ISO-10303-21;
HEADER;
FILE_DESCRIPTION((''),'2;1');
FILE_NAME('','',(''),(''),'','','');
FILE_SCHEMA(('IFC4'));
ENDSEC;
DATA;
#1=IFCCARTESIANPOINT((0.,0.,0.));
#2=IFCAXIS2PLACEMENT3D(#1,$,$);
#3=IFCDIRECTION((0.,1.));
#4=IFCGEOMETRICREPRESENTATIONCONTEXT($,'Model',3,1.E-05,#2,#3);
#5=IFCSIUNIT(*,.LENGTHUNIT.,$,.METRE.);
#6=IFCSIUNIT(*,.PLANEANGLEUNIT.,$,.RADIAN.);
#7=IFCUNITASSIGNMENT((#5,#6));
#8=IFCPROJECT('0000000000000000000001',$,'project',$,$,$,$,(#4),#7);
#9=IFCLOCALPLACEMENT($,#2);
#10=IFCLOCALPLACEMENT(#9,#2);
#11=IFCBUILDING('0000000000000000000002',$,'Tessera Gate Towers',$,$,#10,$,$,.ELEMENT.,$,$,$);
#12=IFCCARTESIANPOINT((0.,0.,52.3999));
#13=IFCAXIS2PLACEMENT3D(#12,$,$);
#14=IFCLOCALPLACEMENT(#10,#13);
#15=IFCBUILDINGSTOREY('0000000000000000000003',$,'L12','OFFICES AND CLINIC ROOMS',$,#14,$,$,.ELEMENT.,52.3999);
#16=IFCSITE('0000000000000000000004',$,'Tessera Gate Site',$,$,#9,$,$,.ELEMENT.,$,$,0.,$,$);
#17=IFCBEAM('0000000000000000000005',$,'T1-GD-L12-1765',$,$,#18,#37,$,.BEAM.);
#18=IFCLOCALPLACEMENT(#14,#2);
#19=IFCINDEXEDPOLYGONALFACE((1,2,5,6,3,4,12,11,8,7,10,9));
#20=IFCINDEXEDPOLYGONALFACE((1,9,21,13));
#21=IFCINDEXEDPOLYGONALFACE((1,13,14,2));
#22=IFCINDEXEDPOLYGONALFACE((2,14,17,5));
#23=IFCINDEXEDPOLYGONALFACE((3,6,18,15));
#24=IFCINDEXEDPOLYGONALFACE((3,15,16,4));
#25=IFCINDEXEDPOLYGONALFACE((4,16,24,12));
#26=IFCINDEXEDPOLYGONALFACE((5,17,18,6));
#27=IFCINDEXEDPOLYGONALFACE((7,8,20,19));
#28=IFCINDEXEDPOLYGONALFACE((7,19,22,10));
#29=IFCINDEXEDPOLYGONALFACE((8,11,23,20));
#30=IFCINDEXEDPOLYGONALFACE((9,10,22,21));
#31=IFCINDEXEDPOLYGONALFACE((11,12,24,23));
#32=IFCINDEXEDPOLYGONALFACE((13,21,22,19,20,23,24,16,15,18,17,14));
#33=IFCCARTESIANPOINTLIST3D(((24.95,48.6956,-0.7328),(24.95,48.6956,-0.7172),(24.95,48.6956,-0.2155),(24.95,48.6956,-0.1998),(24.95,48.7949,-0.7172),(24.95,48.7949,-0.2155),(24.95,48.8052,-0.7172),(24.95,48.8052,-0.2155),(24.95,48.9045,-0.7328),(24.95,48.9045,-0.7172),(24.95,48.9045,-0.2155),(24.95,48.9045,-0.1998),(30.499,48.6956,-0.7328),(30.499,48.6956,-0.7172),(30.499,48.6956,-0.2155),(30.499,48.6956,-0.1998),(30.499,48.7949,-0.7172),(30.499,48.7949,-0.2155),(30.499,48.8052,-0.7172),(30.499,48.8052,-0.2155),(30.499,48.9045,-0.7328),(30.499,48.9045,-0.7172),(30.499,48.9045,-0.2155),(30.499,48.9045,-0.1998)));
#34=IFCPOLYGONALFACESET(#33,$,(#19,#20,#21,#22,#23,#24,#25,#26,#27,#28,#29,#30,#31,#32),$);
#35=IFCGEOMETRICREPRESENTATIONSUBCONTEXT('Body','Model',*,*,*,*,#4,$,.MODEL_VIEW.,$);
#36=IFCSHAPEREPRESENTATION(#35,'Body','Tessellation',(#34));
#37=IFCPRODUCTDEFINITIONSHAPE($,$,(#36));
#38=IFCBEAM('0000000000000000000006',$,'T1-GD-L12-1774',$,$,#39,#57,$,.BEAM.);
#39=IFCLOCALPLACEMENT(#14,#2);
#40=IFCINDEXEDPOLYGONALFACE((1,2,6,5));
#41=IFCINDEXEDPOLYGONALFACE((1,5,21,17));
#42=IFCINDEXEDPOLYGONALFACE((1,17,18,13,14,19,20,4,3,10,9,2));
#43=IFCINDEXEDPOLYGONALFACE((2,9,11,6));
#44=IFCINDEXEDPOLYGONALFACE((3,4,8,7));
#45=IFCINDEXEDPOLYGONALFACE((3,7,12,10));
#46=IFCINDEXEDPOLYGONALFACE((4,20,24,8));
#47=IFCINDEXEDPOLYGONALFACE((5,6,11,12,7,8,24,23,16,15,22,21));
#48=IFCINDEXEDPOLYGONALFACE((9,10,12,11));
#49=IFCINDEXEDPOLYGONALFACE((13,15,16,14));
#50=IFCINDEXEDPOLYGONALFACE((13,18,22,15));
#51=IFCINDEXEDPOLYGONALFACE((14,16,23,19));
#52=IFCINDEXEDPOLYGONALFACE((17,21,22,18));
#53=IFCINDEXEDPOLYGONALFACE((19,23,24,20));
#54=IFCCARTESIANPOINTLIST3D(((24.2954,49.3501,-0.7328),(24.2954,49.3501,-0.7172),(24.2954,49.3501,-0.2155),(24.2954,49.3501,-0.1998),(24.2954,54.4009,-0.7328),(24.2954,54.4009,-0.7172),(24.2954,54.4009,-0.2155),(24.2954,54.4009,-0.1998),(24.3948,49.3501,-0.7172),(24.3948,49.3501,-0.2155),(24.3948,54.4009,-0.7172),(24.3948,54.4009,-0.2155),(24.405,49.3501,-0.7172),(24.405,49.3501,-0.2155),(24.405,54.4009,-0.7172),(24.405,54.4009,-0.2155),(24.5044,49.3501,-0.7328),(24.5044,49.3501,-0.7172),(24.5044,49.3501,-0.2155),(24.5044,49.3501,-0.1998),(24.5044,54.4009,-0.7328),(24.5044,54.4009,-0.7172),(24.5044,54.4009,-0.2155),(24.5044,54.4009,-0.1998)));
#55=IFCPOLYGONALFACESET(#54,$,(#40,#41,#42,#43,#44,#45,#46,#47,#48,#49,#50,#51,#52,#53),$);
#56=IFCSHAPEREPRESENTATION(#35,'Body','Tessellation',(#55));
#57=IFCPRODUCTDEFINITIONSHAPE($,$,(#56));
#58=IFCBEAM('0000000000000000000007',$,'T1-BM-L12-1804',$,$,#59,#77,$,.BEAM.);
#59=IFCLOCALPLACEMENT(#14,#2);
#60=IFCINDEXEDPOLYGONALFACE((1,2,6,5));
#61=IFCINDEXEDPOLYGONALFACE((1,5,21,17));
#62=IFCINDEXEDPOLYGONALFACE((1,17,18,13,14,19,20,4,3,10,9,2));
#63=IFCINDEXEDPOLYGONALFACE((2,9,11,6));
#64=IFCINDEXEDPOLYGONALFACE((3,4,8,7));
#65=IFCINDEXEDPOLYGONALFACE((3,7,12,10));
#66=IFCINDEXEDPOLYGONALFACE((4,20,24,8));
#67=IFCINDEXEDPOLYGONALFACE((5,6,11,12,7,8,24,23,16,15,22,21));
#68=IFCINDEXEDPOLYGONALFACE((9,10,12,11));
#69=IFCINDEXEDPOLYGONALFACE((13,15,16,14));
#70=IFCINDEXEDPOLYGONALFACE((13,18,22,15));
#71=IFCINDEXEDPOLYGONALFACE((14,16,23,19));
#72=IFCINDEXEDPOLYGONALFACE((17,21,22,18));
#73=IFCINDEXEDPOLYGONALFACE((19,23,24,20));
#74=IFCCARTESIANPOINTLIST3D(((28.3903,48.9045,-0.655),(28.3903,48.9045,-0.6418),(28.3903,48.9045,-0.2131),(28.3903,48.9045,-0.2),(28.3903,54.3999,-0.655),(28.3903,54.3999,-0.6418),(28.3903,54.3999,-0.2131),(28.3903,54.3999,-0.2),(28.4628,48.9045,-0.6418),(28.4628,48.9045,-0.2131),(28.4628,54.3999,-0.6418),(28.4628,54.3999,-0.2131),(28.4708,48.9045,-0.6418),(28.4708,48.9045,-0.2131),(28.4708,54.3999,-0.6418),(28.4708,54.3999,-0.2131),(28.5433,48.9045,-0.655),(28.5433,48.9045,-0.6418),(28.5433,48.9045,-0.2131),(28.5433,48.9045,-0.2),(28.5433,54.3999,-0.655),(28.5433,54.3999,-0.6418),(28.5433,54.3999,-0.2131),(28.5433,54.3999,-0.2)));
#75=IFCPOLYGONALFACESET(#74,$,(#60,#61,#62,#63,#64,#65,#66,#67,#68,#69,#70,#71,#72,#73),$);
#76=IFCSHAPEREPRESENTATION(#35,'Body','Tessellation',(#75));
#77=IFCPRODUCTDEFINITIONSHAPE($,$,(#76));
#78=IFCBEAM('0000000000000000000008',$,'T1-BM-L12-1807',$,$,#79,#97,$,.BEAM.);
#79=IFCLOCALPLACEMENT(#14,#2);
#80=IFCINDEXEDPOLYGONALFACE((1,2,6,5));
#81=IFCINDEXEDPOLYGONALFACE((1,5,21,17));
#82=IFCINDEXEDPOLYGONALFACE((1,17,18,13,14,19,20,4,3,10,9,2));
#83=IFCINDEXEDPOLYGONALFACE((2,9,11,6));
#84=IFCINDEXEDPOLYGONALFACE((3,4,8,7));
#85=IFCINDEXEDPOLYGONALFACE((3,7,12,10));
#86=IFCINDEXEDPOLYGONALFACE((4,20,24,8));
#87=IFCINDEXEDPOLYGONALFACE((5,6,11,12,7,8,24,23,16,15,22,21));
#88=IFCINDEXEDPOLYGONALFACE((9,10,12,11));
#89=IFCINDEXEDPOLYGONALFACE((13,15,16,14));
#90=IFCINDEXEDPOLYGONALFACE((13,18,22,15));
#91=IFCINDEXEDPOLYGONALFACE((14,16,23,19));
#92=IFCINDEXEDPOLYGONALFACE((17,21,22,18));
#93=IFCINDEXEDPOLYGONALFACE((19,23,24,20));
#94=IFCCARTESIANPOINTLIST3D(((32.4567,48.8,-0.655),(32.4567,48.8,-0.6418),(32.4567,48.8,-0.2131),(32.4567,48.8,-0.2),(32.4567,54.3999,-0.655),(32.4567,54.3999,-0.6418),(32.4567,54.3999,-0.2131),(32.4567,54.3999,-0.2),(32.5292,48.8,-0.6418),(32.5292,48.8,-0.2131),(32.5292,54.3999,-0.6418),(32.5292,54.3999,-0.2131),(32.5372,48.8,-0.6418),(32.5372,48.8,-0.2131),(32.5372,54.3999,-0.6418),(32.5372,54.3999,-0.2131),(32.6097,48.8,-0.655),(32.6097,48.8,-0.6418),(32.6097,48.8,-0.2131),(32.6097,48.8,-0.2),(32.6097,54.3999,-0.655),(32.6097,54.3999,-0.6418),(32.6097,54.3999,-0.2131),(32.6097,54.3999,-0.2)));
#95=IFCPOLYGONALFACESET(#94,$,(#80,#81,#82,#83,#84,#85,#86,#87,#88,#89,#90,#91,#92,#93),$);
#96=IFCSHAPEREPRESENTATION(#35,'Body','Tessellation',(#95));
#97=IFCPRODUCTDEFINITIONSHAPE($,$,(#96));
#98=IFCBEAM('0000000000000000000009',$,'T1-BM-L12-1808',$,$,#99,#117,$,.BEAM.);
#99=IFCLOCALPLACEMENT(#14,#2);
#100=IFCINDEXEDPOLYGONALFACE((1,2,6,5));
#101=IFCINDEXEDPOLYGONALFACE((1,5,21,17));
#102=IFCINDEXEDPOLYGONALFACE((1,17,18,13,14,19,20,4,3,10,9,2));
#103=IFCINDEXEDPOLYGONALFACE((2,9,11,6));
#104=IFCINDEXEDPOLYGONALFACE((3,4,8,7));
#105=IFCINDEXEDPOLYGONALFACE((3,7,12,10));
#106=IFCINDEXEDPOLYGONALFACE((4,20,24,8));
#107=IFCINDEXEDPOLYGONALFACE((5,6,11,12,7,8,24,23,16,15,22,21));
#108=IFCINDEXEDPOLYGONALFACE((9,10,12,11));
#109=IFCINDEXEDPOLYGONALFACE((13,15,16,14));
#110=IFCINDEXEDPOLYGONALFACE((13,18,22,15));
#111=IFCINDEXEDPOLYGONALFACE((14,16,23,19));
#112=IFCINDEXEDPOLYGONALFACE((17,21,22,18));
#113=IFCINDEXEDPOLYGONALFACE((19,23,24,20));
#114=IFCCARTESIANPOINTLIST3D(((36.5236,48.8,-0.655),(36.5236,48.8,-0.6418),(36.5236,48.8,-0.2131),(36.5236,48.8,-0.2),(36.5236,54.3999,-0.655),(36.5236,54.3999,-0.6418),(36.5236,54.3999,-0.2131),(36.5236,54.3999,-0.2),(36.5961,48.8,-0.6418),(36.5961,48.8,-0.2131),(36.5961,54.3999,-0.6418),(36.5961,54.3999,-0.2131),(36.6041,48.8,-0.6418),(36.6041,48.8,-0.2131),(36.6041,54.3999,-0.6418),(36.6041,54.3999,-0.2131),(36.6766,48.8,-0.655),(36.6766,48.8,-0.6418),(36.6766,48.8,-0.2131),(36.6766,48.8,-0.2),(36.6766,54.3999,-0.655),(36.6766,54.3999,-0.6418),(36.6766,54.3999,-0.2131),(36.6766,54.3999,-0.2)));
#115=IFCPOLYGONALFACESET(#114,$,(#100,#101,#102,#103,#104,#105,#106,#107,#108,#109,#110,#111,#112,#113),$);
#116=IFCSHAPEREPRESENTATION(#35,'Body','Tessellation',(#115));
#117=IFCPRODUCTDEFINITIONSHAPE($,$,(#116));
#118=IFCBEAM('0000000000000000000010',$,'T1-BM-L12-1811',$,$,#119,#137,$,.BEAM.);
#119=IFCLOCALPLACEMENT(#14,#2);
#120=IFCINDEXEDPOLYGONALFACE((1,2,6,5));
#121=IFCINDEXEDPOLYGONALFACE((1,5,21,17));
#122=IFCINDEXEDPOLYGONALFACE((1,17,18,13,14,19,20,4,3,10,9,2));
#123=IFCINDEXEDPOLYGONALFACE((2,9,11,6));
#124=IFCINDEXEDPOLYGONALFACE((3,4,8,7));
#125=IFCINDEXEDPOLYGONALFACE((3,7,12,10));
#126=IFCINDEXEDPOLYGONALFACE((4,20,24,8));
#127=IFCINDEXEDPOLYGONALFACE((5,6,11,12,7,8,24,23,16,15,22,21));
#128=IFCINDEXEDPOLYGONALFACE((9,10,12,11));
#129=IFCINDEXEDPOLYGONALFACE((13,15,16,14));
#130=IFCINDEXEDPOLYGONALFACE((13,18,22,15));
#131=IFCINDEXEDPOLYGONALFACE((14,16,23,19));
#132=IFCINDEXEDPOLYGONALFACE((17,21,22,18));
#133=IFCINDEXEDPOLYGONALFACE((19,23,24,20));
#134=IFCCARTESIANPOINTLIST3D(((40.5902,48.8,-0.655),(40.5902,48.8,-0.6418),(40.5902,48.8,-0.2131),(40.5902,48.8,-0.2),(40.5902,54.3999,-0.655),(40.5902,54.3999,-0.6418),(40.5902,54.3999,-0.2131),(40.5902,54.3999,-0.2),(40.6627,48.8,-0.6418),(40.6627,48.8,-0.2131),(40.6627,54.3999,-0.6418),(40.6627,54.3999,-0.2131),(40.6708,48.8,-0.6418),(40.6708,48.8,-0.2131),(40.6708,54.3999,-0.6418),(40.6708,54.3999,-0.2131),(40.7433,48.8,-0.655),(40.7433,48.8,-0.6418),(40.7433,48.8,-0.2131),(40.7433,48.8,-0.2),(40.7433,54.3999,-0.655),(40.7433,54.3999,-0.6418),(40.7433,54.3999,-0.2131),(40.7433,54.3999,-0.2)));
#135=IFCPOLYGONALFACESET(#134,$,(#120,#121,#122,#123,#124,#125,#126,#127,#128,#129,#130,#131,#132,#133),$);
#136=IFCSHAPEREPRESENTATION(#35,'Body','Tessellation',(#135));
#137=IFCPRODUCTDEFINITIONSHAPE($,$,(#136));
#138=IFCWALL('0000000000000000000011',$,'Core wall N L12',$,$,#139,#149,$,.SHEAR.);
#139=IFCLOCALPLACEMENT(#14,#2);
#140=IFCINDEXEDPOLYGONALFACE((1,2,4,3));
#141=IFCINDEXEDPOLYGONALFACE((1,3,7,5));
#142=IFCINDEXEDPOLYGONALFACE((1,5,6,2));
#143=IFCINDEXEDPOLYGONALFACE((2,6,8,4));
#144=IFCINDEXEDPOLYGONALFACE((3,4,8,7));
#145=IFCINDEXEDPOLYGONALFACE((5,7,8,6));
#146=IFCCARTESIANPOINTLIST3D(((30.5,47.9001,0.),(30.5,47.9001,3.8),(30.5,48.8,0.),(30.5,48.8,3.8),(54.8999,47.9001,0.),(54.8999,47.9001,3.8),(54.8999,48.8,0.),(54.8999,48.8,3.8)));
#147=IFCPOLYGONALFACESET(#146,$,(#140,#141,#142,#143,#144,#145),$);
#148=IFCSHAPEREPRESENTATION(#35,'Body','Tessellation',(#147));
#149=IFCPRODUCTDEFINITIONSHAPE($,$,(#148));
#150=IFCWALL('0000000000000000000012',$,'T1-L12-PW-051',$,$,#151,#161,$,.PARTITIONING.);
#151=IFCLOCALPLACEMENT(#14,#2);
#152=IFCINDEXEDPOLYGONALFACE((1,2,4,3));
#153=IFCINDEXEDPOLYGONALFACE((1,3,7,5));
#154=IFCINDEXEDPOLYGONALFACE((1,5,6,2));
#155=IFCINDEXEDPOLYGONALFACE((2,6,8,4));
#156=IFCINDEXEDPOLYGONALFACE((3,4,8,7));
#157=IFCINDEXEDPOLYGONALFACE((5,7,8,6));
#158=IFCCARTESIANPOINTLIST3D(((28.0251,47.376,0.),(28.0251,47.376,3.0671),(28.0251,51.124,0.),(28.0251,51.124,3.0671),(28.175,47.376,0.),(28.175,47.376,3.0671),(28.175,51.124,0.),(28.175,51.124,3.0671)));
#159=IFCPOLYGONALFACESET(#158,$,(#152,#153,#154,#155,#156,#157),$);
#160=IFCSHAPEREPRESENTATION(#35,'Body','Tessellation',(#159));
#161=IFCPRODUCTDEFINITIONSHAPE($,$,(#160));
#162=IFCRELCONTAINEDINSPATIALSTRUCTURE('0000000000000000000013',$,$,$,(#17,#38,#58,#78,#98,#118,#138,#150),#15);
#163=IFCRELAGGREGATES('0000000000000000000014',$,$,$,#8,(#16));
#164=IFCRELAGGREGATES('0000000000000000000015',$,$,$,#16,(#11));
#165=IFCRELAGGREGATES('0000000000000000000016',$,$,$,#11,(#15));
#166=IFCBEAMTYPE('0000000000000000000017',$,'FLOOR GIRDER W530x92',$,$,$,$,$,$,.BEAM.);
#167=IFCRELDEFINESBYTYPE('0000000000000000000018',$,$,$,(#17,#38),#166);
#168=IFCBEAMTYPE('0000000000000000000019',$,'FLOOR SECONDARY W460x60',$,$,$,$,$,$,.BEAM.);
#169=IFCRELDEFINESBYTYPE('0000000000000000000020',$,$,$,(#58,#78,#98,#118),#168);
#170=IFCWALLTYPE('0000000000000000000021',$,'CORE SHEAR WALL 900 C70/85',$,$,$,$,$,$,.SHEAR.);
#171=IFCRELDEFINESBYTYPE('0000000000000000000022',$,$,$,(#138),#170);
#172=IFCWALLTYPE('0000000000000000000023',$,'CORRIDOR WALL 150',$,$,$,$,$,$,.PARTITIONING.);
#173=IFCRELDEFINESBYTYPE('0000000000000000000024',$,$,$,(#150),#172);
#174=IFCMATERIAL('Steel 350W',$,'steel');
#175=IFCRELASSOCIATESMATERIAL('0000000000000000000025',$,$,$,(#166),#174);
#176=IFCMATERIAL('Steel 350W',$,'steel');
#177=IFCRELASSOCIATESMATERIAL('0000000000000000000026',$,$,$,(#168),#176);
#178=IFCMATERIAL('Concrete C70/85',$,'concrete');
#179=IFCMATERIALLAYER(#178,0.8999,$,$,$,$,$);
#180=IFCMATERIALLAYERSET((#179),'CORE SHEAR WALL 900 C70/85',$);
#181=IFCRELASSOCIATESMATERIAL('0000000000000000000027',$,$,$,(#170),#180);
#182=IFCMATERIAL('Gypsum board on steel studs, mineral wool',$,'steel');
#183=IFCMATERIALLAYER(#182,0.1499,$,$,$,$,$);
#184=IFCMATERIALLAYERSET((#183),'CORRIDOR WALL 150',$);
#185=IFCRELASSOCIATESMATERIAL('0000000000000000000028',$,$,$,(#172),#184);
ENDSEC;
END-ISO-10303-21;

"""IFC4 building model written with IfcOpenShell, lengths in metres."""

from ifc_helpers import new_model, si_unit, direction, frame, frame_2d, origin, origin_2d, place, context, subcontext, project, spatial, rectangle, i_section, extrude, material, layer, layer_set, material_profile, profile_set, type_object, element, save


model = new_model("IFC4")

# Units and contexts
model_context = context("Model", 3, precision=1e-05, world=origin(), true_north=direction((0.0, 1.0)))
body_context = subcontext(model_context, "Body", "Model", "MODEL_VIEW")
ifc_project = project(units=[si_unit("LENGTHUNIT", "METRE"), si_unit("PLANEANGLEUNIT", "RADIAN")], contexts=[model_context])

# Site, building, storey
site_placement = place(None, origin())
site = spatial("IfcSite", under=ifc_project, at=site_placement, Name="Tessera Gate Site", CompositionType="ELEMENT", RefElevation=0.0)
building_placement = place(site_placement, origin())
building = spatial("IfcBuilding", under=site, at=building_placement, Name="Tessera Gate Towers", CompositionType="ELEMENT")
storey_placement = place(building_placement, frame((0.0, 0.0, 52.3999)))
storey = spatial("IfcBuildingStorey", under=building, at=storey_placement, Name="L12", Description="OFFICES AND CLINIC ROOMS", CompositionType="ELEMENT", Elevation=52.3999)

# Beams
ifc_material_1 = material(Name="Steel 350W", Category="steel")
ifc_material_profile_1 = material_profile(ifc_material_1, i_section(OverallWidth=0.209, OverallDepth=0.533, WebThickness=0.0103, FlangeThickness=0.0156, at=origin_2d()), Name="W530x92")
ifc_profile_set_1 = profile_set([ifc_material_profile_1], Name="Steel 350W")
beam_type_1 = type_object("IfcBeamType", Name="FLOOR GIRDER W530x92", PredefinedType="BEAM", material=ifc_profile_set_1)
beam_1_placement = place(storey_placement, frame((24.95, 48.8, -0.4663), z_axis=(1.0, 0.0, 0.0), x_axis=(0.0, 1.0, 0.0)))
element("IfcBeam", 1, at=beam_1_placement, inside=storey, type_object=beam_type_1, Name="T1-GD-L12-1765", PredefinedType="BEAM", context=body_context, shape_type="SweptSolid", body=[
    extrude(i_section(OverallWidth=0.209, OverallDepth=0.533, WebThickness=0.0103, FlangeThickness=0.0156, at=origin_2d()), origin(), (0.0, 0.0, 1.0), 5.5491),
])
beam_2_placement = place(storey_placement, frame((24.3999, 49.3501, -0.4663), z_axis=(0.0, 1.0, 0.0), x_axis=(-1.0, 0.0, 0.0)))
element("IfcBeam", 2, at=beam_2_placement, inside=storey, type_object=beam_type_1, Name="T1-GD-L12-1774", PredefinedType="BEAM", context=body_context, shape_type="SweptSolid", body=[
    extrude(i_section(OverallWidth=0.209, OverallDepth=0.533, WebThickness=0.0103, FlangeThickness=0.0156, at=origin_2d()), origin(), (0.0, 0.0, 1.0), 5.0508),
])
ifc_material_2 = material(Name="Steel 350W", Category="steel")
ifc_material_profile_2 = material_profile(ifc_material_2, i_section(OverallWidth=0.1531, OverallDepth=0.4551, WebThickness=0.0081, FlangeThickness=0.0132, at=origin_2d()), Name="W460x60")
ifc_profile_set_2 = profile_set([ifc_material_profile_2], Name="Steel 350W")
beam_type_2 = type_object("IfcBeamType", Name="FLOOR SECONDARY W460x60", PredefinedType="BEAM", material=ifc_profile_set_2)
beam_3_placement = place(storey_placement, frame((28.4668, 48.9045, -0.4275), z_axis=(0.0, 1.0, 0.0), x_axis=(-1.0, 0.0, 0.0)))
element("IfcBeam", 3, at=beam_3_placement, inside=storey, type_object=beam_type_2, Name="T1-BM-L12-1804", PredefinedType="BEAM", context=body_context, shape_type="SweptSolid", body=[
    extrude(i_section(OverallWidth=0.1531, OverallDepth=0.4551, WebThickness=0.0081, FlangeThickness=0.0132, at=origin_2d()), origin(), (0.0, 0.0, 1.0), 5.4954),
])
for number, where, z_axis, x_axis, name in (
    (4, (32.5332, 48.8, -0.4275), (0.0, 1.0, 0.0), (-1.0, 0.0, 0.0), "T1-BM-L12-1807"),
    (5, (36.6001, 48.8, -0.4275), (0.0, 1.0, 0.0), (-1.0, 0.0, 0.0), "T1-BM-L12-1808"),
    (6, (40.6667, 48.8, -0.4275), (0.0, 1.0, 0.0), (-1.0, 0.0, 0.0), "T1-BM-L12-1811"),
):
    element("IfcBeam", number, at=place(storey_placement, frame(where, z_axis=z_axis, x_axis=x_axis)), inside=storey, type_object=beam_type_2, Name=name, PredefinedType="BEAM", context=body_context, shape_type="SweptSolid", body=[
        extrude(i_section(OverallWidth=0.1531, OverallDepth=0.4551, WebThickness=0.0081, FlangeThickness=0.0132, at=origin_2d()), origin(), (0.0, 0.0, 1.0), 5.5999),
    ])

# Walls
ifc_material_3 = material(Name="Concrete C70/85", Category="concrete")
ifc_layer_1 = layer(ifc_material_3, 0.8999)
ifc_layer_set_1 = layer_set([ifc_layer_1], Name="CORE SHEAR WALL 900 C70/85")
wall_type_1 = type_object("IfcWallType", Name="CORE SHEAR WALL 900 C70/85", PredefinedType="SHEAR", material=ifc_layer_set_1)
wall_1_placement = place(storey_placement, frame((30.5, 48.3501, 0.0), z_axis=(0.0, 0.0, 1.0), x_axis=(1.0, 0.0, 0.0)))
element("IfcWall", 7, at=wall_1_placement, inside=storey, type_object=wall_type_1, Name="Core wall N L12", PredefinedType="SHEAR", context=body_context, shape_type="SweptSolid", body=[
    extrude(rectangle(XDim=24.3999, YDim=0.8999, at=frame_2d((12.2, 0.0))), origin(), (0.0, 0.0, 1.0), 3.8),
])
ifc_material_4 = material(Name="Gypsum board on steel studs, mineral wool", Category="steel")
ifc_layer_2 = layer(ifc_material_4, 0.1499)
ifc_layer_set_2 = layer_set([ifc_layer_2], Name="CORRIDOR WALL 150")
wall_type_2 = type_object("IfcWallType", Name="CORRIDOR WALL 150", PredefinedType="PARTITIONING", material=ifc_layer_set_2)
wall_2_placement = place(storey_placement, frame((28.1001, 47.376, 0.0), z_axis=(0.0, 0.0, 1.0), x_axis=(0.0, 1.0, 0.0)))
element("IfcWall", 8, at=wall_2_placement, inside=storey, type_object=wall_type_2, Name="T1-L12-PW-051", PredefinedType="PARTITIONING", context=body_context, shape_type="SweptSolid", body=[
    extrude(rectangle(XDim=3.748, YDim=0.1499, at=frame_2d((1.874, 0.0))), origin(), (0.0, 0.0, 1.0), 3.0671),
])

save(model, "model.ifc")
